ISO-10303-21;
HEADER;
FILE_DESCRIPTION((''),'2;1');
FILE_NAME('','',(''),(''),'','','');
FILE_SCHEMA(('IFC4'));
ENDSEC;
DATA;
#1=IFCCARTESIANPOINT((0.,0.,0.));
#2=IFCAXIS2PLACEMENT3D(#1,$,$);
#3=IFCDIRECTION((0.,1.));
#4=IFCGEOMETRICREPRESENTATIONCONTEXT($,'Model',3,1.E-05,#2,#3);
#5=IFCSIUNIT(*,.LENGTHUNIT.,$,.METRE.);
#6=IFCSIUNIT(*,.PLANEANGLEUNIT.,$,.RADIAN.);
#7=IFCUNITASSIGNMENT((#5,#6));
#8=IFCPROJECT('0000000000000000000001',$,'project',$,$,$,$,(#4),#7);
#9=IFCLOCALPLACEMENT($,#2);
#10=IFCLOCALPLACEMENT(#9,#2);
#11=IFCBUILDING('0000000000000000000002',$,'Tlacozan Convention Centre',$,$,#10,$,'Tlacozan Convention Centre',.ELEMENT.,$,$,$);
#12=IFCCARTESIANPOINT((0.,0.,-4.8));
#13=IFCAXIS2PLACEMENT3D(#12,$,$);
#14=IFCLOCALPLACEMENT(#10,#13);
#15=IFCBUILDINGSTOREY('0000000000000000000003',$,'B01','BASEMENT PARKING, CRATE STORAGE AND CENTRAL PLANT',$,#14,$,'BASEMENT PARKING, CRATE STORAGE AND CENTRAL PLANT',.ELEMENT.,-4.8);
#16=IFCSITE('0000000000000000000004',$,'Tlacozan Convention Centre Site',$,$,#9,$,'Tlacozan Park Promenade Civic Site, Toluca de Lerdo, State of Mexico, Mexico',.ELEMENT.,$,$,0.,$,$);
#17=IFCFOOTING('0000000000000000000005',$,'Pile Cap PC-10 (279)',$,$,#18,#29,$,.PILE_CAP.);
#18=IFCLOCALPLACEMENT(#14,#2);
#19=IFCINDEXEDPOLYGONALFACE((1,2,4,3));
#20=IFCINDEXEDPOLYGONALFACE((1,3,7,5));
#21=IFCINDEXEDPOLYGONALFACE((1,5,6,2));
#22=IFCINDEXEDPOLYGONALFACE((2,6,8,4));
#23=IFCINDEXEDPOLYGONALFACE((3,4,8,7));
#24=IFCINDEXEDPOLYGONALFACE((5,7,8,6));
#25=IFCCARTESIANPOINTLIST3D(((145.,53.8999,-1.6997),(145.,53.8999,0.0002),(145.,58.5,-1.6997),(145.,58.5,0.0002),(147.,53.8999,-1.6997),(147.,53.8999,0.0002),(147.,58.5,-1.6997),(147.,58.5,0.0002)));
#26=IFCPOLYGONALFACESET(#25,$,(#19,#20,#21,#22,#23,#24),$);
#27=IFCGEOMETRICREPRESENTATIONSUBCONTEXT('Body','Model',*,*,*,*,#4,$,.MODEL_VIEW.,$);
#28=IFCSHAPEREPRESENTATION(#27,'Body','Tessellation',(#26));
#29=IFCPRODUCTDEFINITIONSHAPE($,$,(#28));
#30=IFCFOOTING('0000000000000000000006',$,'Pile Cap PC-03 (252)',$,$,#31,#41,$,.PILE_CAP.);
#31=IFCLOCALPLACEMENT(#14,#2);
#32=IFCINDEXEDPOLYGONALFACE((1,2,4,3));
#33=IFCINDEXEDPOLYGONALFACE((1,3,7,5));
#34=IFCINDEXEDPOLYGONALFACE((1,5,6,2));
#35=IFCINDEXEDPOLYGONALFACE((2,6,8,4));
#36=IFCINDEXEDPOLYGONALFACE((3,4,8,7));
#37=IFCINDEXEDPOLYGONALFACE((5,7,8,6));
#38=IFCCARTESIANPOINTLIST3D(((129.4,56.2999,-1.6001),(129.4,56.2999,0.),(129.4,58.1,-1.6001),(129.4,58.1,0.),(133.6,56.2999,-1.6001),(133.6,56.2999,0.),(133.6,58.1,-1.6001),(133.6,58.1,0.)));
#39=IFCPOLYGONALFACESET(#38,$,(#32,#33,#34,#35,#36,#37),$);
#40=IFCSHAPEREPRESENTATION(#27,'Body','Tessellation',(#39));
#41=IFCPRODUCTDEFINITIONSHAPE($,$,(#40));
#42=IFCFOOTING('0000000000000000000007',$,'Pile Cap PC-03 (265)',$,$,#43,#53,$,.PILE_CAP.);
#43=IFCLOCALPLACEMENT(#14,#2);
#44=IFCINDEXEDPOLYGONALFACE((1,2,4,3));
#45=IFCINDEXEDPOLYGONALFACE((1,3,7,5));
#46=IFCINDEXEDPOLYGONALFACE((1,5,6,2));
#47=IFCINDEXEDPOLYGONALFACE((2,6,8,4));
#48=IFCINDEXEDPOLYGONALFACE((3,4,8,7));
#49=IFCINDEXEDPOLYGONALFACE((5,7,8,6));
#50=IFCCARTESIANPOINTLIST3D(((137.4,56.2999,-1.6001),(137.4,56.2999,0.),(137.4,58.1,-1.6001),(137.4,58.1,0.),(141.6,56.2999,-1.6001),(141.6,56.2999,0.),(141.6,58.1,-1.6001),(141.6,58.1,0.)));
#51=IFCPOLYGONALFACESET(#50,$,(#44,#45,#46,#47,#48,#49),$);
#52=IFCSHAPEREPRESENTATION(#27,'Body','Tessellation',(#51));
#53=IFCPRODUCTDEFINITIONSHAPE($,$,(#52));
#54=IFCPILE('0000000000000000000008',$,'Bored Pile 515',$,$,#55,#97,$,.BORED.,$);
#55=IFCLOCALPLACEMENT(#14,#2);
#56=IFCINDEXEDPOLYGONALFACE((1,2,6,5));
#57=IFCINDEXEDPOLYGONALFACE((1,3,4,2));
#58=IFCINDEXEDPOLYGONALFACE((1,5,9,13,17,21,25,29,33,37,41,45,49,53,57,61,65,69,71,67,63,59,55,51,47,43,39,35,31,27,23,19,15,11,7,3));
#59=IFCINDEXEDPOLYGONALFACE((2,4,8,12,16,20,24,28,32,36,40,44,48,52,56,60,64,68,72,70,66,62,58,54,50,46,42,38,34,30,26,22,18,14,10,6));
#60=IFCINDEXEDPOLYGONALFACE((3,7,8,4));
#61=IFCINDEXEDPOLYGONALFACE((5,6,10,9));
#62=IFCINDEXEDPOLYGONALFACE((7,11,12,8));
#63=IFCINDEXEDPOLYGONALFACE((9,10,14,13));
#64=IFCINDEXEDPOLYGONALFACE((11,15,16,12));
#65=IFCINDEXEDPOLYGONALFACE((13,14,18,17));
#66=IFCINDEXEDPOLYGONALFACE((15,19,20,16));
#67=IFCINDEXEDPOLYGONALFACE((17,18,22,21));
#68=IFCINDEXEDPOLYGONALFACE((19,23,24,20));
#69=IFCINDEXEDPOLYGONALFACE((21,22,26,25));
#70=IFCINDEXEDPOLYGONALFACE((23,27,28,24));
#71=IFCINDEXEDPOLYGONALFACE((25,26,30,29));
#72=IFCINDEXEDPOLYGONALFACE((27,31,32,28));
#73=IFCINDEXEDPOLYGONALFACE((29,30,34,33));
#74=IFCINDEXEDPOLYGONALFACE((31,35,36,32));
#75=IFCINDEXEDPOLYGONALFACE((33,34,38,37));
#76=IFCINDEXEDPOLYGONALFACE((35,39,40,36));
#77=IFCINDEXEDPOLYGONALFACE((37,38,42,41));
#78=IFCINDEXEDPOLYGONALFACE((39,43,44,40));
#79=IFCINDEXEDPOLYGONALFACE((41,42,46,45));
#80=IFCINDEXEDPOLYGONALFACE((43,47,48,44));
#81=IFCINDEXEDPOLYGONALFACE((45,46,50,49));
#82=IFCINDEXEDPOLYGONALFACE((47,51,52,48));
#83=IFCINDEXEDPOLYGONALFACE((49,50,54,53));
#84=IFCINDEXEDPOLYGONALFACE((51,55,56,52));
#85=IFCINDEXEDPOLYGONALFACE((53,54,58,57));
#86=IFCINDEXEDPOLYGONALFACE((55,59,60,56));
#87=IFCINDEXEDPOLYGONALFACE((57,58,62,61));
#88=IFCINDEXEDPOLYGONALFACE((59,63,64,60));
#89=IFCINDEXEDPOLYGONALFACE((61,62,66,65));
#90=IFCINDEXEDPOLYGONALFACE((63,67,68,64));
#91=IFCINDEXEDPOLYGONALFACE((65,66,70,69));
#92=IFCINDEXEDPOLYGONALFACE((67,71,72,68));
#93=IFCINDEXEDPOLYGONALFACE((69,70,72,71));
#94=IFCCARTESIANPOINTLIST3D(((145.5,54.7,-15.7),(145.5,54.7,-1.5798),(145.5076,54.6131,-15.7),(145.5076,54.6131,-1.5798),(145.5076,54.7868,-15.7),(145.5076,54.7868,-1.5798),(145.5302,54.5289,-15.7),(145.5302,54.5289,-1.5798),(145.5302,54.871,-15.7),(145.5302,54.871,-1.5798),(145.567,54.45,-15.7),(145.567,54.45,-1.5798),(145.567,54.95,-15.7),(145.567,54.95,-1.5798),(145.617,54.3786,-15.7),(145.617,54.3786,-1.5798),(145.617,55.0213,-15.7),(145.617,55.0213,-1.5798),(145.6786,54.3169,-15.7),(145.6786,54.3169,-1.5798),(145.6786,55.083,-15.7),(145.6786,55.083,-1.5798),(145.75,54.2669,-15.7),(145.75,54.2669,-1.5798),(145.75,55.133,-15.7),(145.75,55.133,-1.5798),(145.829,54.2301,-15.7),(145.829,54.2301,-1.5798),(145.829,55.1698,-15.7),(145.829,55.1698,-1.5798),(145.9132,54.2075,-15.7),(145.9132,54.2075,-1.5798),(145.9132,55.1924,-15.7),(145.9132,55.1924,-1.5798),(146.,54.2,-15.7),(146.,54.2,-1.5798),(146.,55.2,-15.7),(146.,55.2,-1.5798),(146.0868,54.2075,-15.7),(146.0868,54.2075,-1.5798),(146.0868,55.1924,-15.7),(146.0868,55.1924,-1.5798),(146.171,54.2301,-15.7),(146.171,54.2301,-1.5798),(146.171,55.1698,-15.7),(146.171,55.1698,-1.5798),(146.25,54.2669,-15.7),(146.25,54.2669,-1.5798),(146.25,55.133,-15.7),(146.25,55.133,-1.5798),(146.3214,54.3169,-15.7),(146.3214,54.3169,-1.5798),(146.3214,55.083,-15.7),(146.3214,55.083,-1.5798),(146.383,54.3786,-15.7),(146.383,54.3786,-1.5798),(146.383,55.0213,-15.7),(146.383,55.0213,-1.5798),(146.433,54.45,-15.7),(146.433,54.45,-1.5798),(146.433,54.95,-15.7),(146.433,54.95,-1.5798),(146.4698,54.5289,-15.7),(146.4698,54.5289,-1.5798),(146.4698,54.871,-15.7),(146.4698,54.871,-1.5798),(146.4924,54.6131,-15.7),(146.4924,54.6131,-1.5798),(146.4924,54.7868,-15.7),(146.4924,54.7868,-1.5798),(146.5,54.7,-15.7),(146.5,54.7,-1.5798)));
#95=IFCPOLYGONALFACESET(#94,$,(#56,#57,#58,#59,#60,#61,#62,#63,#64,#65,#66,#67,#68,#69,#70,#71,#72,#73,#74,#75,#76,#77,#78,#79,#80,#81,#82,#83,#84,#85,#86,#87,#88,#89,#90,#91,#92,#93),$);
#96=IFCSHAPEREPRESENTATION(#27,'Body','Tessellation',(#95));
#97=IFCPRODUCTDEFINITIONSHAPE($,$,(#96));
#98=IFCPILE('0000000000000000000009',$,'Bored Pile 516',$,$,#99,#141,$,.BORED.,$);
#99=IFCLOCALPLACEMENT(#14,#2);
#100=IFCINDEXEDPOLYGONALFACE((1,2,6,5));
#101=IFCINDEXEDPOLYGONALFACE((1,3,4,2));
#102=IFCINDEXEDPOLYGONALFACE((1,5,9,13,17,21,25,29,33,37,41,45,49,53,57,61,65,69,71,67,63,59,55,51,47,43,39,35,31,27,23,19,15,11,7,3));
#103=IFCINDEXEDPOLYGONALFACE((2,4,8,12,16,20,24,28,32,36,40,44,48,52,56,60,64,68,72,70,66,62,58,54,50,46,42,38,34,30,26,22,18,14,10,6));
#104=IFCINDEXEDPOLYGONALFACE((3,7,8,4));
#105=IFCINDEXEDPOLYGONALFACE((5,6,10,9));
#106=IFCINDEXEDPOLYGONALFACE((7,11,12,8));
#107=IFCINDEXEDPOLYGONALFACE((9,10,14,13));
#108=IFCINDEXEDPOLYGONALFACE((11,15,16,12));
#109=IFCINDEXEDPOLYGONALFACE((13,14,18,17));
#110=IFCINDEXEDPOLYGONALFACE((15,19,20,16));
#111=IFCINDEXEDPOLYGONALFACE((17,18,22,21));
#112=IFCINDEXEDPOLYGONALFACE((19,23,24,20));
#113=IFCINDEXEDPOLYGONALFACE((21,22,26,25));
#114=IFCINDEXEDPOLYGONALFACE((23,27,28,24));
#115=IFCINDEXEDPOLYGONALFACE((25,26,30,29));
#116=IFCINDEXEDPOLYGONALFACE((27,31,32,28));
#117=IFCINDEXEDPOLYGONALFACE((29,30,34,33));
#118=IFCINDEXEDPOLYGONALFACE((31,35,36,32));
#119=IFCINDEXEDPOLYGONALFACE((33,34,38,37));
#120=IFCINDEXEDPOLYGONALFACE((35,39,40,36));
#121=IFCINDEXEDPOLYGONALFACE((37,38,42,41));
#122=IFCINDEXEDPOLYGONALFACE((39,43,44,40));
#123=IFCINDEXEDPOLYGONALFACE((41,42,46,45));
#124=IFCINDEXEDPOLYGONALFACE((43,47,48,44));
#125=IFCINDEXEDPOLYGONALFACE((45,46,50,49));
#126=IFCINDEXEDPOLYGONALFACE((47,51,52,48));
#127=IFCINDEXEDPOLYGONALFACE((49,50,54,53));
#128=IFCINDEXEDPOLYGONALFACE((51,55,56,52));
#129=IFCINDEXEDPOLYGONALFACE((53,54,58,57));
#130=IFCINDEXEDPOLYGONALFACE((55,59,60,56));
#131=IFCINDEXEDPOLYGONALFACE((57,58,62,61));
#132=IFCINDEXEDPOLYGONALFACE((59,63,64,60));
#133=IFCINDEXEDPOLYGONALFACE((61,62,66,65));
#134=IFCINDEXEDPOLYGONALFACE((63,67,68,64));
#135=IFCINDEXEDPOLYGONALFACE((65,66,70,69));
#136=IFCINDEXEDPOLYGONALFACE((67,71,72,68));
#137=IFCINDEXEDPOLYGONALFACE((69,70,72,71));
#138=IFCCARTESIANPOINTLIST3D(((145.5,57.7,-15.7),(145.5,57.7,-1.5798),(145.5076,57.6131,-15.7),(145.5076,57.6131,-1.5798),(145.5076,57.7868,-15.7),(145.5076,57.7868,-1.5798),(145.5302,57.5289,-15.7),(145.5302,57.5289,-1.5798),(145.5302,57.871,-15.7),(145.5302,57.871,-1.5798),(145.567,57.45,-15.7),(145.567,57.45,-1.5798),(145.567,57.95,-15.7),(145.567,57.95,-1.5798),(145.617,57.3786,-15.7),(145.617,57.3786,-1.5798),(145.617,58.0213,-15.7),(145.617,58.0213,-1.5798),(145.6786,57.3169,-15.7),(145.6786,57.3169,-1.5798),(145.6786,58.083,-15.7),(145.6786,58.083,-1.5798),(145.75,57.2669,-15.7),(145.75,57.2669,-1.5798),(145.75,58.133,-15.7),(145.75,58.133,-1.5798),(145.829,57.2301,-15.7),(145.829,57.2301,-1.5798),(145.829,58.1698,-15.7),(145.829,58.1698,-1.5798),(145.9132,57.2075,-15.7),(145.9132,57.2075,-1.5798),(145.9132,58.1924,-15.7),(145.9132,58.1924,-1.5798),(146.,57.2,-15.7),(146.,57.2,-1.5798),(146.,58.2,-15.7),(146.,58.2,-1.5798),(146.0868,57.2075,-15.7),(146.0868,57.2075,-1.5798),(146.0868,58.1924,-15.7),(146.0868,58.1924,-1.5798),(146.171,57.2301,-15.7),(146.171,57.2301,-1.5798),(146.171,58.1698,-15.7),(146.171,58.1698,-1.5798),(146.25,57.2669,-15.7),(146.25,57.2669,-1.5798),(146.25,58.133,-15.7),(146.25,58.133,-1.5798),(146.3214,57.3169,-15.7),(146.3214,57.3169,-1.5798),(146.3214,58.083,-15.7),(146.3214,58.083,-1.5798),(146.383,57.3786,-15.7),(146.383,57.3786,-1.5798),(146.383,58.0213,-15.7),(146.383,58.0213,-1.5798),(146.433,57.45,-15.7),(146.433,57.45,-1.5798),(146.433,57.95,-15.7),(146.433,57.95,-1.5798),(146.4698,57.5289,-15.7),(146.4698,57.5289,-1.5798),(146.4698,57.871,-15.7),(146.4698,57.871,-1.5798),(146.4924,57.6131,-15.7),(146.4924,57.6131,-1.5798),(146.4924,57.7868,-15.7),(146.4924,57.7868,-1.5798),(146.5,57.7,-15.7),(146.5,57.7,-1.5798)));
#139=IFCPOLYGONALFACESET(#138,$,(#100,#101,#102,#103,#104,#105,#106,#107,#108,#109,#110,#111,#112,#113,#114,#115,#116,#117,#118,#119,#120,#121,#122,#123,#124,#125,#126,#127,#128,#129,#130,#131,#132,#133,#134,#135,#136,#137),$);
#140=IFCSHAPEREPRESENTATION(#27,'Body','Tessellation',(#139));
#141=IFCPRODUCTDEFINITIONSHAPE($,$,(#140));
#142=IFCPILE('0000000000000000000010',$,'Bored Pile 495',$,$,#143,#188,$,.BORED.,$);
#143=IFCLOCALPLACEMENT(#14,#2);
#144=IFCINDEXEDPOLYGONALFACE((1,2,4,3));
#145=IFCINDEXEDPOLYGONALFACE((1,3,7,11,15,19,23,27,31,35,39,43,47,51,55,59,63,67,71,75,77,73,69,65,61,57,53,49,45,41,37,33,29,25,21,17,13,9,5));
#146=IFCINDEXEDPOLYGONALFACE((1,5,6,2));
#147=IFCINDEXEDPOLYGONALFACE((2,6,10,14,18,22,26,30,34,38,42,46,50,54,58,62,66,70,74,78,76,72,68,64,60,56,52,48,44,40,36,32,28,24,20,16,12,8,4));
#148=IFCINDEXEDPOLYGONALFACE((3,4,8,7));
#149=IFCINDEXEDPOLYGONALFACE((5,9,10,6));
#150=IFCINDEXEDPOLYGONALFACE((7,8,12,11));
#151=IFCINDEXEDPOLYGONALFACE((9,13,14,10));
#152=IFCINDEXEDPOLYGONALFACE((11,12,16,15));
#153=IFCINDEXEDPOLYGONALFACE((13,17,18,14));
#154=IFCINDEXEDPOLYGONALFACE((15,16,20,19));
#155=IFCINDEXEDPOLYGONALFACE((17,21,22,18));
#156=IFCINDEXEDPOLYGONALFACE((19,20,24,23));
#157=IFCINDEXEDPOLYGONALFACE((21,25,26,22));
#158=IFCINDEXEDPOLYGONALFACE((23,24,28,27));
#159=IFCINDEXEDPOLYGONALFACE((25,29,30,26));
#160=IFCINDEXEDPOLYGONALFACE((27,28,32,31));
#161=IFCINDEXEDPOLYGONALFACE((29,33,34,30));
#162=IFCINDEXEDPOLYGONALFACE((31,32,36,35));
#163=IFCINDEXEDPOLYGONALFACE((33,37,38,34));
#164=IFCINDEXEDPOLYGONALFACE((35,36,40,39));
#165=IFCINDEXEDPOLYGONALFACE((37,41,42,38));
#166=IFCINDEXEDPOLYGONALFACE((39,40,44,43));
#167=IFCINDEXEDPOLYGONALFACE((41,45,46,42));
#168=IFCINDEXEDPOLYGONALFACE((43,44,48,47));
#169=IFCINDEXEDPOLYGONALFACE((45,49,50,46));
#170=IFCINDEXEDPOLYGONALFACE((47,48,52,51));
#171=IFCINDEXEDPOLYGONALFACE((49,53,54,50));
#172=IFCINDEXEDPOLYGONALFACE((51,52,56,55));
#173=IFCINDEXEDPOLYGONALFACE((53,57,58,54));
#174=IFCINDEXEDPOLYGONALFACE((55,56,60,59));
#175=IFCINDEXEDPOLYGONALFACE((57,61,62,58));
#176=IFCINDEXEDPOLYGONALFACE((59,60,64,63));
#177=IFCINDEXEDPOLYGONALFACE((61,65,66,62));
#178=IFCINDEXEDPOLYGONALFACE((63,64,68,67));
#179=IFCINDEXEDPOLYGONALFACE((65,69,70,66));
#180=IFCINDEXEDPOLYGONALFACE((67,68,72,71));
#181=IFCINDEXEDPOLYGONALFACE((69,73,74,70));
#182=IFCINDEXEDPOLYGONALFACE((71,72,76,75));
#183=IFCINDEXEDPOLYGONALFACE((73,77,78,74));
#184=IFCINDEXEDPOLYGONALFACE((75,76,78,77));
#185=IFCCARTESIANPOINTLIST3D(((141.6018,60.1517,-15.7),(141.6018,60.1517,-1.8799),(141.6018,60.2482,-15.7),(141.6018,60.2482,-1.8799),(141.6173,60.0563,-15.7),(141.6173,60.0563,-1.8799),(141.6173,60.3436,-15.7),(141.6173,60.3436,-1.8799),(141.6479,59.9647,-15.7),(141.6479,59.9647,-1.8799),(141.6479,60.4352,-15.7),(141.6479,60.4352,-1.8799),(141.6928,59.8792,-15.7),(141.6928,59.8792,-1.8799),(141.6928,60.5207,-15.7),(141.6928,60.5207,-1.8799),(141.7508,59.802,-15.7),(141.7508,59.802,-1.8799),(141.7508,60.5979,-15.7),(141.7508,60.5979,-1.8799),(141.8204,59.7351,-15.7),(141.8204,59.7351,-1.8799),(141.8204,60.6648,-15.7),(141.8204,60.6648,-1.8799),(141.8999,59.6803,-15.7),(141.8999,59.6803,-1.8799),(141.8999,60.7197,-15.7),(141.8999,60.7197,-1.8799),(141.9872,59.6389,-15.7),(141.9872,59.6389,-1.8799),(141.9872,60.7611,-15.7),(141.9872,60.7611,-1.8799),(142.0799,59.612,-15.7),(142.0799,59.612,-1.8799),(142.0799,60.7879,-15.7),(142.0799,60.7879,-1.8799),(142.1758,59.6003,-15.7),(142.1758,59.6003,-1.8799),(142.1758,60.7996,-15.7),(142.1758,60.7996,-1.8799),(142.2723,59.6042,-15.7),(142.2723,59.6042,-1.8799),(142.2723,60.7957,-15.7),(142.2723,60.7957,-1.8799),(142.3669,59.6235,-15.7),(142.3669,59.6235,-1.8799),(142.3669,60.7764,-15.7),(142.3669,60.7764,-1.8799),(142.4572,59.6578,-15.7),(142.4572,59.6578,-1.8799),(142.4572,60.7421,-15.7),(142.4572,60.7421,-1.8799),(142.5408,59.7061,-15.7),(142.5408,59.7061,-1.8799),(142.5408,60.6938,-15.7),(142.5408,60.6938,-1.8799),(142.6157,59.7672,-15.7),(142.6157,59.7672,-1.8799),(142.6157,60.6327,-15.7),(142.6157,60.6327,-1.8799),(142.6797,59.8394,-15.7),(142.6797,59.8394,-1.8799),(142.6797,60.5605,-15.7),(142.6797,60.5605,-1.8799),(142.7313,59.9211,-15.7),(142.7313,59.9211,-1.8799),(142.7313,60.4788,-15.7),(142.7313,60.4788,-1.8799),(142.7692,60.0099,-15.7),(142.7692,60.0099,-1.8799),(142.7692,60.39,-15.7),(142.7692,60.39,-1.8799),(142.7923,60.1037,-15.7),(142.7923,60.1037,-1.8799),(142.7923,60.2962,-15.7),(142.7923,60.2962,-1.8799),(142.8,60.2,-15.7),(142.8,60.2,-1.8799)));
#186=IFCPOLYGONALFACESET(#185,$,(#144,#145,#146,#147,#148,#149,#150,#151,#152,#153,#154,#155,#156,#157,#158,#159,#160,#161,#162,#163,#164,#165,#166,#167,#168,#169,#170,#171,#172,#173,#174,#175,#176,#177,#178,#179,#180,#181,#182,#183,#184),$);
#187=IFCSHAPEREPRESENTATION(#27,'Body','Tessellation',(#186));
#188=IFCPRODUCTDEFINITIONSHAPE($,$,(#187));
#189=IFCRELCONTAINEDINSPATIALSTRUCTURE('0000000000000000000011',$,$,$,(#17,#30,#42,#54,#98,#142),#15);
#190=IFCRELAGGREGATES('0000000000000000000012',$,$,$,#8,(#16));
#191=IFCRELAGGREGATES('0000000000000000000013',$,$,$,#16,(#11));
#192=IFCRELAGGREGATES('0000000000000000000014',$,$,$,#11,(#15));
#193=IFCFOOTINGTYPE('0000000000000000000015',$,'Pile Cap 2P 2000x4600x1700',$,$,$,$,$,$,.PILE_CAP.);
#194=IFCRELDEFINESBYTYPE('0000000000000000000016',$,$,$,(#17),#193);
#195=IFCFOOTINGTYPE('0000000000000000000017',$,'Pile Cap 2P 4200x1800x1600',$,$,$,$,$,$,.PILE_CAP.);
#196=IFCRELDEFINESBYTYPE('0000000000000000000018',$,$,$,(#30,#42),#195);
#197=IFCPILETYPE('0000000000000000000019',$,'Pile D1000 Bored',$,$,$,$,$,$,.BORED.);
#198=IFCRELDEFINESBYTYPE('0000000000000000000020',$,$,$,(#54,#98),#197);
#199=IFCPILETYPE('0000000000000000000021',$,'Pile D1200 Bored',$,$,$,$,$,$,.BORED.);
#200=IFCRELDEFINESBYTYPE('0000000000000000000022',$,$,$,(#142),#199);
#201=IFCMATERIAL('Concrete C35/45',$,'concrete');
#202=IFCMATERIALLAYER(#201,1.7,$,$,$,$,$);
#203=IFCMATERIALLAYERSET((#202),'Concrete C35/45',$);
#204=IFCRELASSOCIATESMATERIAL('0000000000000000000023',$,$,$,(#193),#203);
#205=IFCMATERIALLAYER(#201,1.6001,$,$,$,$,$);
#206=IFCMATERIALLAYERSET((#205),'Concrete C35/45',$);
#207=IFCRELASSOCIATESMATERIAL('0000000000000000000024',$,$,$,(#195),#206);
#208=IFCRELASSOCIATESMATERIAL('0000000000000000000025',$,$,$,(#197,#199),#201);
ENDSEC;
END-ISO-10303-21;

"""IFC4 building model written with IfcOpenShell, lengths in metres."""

from ifc_helpers import new_model, si_unit, direction, frame, origin, origin_2d, place, context, subcontext, project, spatial, rectangle, circle, extrude, material, layer, layer_set, material_profile, profile_set, type_object, element, save


model = new_model("IFC4")

# Units and contexts
model_context = context("Model", 3, precision=1e-05, world=origin(), true_north=direction((0.0, 1.0)))
body_context = subcontext(model_context, "Body", "Model", "MODEL_VIEW")
ifc_project = project(units=[si_unit("LENGTHUNIT", "METRE"), si_unit("PLANEANGLEUNIT", "RADIAN")], contexts=[model_context])

# Site, building, storey
site_placement = place(None, origin())
site = spatial("IfcSite", under=ifc_project, at=site_placement, Name="Tlacozan Convention Centre Site", LongName="Tlacozan Park Promenade Civic Site, Toluca de Lerdo, State of Mexico, Mexico", CompositionType="ELEMENT", RefElevation=0.0)
building_placement = place(site_placement, origin())
building = spatial("IfcBuilding", under=site, at=building_placement, Name="Tlacozan Convention Centre", LongName="Tlacozan Convention Centre", CompositionType="ELEMENT")
storey_placement = place(building_placement, frame((0.0, 0.0, -4.8)))
storey = spatial("IfcBuildingStorey", under=building, at=storey_placement, Name="B01", Description="BASEMENT PARKING, CRATE STORAGE AND CENTRAL PLANT", LongName="BASEMENT PARKING, CRATE STORAGE AND CENTRAL PLANT", CompositionType="ELEMENT", Elevation=-4.8)

# Footings
ifc_material_1 = material(Name="Concrete C35/45", Category="concrete")
ifc_layer_1 = layer(ifc_material_1, 1.7)
ifc_layer_set_1 = layer_set([ifc_layer_1], Name="Concrete C35/45")
footing_type_1 = type_object("IfcFootingType", Name="Pile Cap 2P 2000x4600x1700", PredefinedType="PILE_CAP", material=ifc_layer_set_1)
footing_placement = place(storey_placement, frame((146.0, 56.2, -1.6997), z_axis=(0.0, 0.0, 1.0), x_axis=(1.0, 0.0, 0.0)))
element("IfcFooting", 1, at=footing_placement, inside=storey, type_object=footing_type_1, Name="Pile Cap PC-10 (279)", PredefinedType="PILE_CAP", context=body_context, shape_type="SweptSolid", body=[
    extrude(rectangle(XDim=2.0, YDim=4.6001, at=origin_2d()), origin(), (0.0, 0.0, 1.0), 1.7),
])
ifc_layer_2 = layer(ifc_material_1, 1.6001)
ifc_layer_set_2 = layer_set([ifc_layer_2], Name="Concrete C35/45")
footing_type_2 = type_object("IfcFootingType", Name="Pile Cap 2P 4200x1800x1600", PredefinedType="PILE_CAP", material=ifc_layer_set_2)
for number, where, z_axis, x_axis, name in (
    (2, (131.5, 57.2, -1.6001), (0.0, 0.0, 1.0), (1.0, 0.0, 0.0), "Pile Cap PC-03 (252)"),
    (3, (139.5, 57.2, -1.6001), (0.0, 0.0, 1.0), (1.0, 0.0, 0.0), "Pile Cap PC-03 (265)"),
):
    element("IfcFooting", number, at=place(storey_placement, frame(where, z_axis=z_axis, x_axis=x_axis)), inside=storey, type_object=footing_type_2, Name=name, PredefinedType="PILE_CAP", context=body_context, shape_type="SweptSolid", body=[
        extrude(rectangle(XDim=4.2, YDim=1.8, at=origin_2d()), origin(), (0.0, 0.0, 1.0), 1.6001),
    ])

# Piles
ifc_material_profile_1 = material_profile(ifc_material_1, circle(Radius=0.5, at=origin_2d()), Name="PILE D1000")
ifc_profile_set_1 = profile_set([ifc_material_profile_1], Name="Concrete C35/45")
pile_type_1 = type_object("IfcPileType", Name="Pile D1000 Bored", PredefinedType="BORED", material=ifc_profile_set_1)
for number, where, z_axis, x_axis, name in (
    (4, (146.0, 54.7, -1.5798), (0.0, 0.0, -1.0), (1.0, 0.0, 0.0), "Bored Pile 515"),
    (5, (146.0, 57.7, -1.5798), (0.0, 0.0, -1.0), (1.0, 0.0, 0.0), "Bored Pile 516"),
):
    element("IfcPile", number, at=place(storey_placement, frame(where, z_axis=z_axis, x_axis=x_axis)), inside=storey, type_object=pile_type_1, Name=name, PredefinedType="BORED", context=body_context, shape_type="SweptSolid", body=[
        extrude(circle(Radius=0.5, at=origin_2d()), origin(), (0.0, 0.0, 1.0), 14.1201),
    ])
ifc_material_profile_2 = material_profile(ifc_material_1, circle(Radius=0.6001, at=origin_2d()), Name="PILE D1200")
ifc_profile_set_2 = profile_set([ifc_material_profile_2], Name="Concrete C35/45")
pile_type_2 = type_object("IfcPileType", Name="Pile D1200 Bored", PredefinedType="BORED", material=ifc_profile_set_2)
for number, where, z_axis, x_axis, name in (
    (6, (142.2, 60.2, -1.8799), (0.0, 0.0, -1.0), (1.0, 0.0, 0.0), "Bored Pile 495"),
):
    element("IfcPile", number, at=place(storey_placement, frame(where, z_axis=z_axis, x_axis=x_axis)), inside=storey, type_object=pile_type_2, Name=name, PredefinedType="BORED", context=body_context, shape_type="SweptSolid", body=[
        extrude(circle(Radius=0.6001, at=origin_2d()), origin(), (0.0, 0.0, 1.0), 13.8201),
    ])

save(model, "model.ifc")
